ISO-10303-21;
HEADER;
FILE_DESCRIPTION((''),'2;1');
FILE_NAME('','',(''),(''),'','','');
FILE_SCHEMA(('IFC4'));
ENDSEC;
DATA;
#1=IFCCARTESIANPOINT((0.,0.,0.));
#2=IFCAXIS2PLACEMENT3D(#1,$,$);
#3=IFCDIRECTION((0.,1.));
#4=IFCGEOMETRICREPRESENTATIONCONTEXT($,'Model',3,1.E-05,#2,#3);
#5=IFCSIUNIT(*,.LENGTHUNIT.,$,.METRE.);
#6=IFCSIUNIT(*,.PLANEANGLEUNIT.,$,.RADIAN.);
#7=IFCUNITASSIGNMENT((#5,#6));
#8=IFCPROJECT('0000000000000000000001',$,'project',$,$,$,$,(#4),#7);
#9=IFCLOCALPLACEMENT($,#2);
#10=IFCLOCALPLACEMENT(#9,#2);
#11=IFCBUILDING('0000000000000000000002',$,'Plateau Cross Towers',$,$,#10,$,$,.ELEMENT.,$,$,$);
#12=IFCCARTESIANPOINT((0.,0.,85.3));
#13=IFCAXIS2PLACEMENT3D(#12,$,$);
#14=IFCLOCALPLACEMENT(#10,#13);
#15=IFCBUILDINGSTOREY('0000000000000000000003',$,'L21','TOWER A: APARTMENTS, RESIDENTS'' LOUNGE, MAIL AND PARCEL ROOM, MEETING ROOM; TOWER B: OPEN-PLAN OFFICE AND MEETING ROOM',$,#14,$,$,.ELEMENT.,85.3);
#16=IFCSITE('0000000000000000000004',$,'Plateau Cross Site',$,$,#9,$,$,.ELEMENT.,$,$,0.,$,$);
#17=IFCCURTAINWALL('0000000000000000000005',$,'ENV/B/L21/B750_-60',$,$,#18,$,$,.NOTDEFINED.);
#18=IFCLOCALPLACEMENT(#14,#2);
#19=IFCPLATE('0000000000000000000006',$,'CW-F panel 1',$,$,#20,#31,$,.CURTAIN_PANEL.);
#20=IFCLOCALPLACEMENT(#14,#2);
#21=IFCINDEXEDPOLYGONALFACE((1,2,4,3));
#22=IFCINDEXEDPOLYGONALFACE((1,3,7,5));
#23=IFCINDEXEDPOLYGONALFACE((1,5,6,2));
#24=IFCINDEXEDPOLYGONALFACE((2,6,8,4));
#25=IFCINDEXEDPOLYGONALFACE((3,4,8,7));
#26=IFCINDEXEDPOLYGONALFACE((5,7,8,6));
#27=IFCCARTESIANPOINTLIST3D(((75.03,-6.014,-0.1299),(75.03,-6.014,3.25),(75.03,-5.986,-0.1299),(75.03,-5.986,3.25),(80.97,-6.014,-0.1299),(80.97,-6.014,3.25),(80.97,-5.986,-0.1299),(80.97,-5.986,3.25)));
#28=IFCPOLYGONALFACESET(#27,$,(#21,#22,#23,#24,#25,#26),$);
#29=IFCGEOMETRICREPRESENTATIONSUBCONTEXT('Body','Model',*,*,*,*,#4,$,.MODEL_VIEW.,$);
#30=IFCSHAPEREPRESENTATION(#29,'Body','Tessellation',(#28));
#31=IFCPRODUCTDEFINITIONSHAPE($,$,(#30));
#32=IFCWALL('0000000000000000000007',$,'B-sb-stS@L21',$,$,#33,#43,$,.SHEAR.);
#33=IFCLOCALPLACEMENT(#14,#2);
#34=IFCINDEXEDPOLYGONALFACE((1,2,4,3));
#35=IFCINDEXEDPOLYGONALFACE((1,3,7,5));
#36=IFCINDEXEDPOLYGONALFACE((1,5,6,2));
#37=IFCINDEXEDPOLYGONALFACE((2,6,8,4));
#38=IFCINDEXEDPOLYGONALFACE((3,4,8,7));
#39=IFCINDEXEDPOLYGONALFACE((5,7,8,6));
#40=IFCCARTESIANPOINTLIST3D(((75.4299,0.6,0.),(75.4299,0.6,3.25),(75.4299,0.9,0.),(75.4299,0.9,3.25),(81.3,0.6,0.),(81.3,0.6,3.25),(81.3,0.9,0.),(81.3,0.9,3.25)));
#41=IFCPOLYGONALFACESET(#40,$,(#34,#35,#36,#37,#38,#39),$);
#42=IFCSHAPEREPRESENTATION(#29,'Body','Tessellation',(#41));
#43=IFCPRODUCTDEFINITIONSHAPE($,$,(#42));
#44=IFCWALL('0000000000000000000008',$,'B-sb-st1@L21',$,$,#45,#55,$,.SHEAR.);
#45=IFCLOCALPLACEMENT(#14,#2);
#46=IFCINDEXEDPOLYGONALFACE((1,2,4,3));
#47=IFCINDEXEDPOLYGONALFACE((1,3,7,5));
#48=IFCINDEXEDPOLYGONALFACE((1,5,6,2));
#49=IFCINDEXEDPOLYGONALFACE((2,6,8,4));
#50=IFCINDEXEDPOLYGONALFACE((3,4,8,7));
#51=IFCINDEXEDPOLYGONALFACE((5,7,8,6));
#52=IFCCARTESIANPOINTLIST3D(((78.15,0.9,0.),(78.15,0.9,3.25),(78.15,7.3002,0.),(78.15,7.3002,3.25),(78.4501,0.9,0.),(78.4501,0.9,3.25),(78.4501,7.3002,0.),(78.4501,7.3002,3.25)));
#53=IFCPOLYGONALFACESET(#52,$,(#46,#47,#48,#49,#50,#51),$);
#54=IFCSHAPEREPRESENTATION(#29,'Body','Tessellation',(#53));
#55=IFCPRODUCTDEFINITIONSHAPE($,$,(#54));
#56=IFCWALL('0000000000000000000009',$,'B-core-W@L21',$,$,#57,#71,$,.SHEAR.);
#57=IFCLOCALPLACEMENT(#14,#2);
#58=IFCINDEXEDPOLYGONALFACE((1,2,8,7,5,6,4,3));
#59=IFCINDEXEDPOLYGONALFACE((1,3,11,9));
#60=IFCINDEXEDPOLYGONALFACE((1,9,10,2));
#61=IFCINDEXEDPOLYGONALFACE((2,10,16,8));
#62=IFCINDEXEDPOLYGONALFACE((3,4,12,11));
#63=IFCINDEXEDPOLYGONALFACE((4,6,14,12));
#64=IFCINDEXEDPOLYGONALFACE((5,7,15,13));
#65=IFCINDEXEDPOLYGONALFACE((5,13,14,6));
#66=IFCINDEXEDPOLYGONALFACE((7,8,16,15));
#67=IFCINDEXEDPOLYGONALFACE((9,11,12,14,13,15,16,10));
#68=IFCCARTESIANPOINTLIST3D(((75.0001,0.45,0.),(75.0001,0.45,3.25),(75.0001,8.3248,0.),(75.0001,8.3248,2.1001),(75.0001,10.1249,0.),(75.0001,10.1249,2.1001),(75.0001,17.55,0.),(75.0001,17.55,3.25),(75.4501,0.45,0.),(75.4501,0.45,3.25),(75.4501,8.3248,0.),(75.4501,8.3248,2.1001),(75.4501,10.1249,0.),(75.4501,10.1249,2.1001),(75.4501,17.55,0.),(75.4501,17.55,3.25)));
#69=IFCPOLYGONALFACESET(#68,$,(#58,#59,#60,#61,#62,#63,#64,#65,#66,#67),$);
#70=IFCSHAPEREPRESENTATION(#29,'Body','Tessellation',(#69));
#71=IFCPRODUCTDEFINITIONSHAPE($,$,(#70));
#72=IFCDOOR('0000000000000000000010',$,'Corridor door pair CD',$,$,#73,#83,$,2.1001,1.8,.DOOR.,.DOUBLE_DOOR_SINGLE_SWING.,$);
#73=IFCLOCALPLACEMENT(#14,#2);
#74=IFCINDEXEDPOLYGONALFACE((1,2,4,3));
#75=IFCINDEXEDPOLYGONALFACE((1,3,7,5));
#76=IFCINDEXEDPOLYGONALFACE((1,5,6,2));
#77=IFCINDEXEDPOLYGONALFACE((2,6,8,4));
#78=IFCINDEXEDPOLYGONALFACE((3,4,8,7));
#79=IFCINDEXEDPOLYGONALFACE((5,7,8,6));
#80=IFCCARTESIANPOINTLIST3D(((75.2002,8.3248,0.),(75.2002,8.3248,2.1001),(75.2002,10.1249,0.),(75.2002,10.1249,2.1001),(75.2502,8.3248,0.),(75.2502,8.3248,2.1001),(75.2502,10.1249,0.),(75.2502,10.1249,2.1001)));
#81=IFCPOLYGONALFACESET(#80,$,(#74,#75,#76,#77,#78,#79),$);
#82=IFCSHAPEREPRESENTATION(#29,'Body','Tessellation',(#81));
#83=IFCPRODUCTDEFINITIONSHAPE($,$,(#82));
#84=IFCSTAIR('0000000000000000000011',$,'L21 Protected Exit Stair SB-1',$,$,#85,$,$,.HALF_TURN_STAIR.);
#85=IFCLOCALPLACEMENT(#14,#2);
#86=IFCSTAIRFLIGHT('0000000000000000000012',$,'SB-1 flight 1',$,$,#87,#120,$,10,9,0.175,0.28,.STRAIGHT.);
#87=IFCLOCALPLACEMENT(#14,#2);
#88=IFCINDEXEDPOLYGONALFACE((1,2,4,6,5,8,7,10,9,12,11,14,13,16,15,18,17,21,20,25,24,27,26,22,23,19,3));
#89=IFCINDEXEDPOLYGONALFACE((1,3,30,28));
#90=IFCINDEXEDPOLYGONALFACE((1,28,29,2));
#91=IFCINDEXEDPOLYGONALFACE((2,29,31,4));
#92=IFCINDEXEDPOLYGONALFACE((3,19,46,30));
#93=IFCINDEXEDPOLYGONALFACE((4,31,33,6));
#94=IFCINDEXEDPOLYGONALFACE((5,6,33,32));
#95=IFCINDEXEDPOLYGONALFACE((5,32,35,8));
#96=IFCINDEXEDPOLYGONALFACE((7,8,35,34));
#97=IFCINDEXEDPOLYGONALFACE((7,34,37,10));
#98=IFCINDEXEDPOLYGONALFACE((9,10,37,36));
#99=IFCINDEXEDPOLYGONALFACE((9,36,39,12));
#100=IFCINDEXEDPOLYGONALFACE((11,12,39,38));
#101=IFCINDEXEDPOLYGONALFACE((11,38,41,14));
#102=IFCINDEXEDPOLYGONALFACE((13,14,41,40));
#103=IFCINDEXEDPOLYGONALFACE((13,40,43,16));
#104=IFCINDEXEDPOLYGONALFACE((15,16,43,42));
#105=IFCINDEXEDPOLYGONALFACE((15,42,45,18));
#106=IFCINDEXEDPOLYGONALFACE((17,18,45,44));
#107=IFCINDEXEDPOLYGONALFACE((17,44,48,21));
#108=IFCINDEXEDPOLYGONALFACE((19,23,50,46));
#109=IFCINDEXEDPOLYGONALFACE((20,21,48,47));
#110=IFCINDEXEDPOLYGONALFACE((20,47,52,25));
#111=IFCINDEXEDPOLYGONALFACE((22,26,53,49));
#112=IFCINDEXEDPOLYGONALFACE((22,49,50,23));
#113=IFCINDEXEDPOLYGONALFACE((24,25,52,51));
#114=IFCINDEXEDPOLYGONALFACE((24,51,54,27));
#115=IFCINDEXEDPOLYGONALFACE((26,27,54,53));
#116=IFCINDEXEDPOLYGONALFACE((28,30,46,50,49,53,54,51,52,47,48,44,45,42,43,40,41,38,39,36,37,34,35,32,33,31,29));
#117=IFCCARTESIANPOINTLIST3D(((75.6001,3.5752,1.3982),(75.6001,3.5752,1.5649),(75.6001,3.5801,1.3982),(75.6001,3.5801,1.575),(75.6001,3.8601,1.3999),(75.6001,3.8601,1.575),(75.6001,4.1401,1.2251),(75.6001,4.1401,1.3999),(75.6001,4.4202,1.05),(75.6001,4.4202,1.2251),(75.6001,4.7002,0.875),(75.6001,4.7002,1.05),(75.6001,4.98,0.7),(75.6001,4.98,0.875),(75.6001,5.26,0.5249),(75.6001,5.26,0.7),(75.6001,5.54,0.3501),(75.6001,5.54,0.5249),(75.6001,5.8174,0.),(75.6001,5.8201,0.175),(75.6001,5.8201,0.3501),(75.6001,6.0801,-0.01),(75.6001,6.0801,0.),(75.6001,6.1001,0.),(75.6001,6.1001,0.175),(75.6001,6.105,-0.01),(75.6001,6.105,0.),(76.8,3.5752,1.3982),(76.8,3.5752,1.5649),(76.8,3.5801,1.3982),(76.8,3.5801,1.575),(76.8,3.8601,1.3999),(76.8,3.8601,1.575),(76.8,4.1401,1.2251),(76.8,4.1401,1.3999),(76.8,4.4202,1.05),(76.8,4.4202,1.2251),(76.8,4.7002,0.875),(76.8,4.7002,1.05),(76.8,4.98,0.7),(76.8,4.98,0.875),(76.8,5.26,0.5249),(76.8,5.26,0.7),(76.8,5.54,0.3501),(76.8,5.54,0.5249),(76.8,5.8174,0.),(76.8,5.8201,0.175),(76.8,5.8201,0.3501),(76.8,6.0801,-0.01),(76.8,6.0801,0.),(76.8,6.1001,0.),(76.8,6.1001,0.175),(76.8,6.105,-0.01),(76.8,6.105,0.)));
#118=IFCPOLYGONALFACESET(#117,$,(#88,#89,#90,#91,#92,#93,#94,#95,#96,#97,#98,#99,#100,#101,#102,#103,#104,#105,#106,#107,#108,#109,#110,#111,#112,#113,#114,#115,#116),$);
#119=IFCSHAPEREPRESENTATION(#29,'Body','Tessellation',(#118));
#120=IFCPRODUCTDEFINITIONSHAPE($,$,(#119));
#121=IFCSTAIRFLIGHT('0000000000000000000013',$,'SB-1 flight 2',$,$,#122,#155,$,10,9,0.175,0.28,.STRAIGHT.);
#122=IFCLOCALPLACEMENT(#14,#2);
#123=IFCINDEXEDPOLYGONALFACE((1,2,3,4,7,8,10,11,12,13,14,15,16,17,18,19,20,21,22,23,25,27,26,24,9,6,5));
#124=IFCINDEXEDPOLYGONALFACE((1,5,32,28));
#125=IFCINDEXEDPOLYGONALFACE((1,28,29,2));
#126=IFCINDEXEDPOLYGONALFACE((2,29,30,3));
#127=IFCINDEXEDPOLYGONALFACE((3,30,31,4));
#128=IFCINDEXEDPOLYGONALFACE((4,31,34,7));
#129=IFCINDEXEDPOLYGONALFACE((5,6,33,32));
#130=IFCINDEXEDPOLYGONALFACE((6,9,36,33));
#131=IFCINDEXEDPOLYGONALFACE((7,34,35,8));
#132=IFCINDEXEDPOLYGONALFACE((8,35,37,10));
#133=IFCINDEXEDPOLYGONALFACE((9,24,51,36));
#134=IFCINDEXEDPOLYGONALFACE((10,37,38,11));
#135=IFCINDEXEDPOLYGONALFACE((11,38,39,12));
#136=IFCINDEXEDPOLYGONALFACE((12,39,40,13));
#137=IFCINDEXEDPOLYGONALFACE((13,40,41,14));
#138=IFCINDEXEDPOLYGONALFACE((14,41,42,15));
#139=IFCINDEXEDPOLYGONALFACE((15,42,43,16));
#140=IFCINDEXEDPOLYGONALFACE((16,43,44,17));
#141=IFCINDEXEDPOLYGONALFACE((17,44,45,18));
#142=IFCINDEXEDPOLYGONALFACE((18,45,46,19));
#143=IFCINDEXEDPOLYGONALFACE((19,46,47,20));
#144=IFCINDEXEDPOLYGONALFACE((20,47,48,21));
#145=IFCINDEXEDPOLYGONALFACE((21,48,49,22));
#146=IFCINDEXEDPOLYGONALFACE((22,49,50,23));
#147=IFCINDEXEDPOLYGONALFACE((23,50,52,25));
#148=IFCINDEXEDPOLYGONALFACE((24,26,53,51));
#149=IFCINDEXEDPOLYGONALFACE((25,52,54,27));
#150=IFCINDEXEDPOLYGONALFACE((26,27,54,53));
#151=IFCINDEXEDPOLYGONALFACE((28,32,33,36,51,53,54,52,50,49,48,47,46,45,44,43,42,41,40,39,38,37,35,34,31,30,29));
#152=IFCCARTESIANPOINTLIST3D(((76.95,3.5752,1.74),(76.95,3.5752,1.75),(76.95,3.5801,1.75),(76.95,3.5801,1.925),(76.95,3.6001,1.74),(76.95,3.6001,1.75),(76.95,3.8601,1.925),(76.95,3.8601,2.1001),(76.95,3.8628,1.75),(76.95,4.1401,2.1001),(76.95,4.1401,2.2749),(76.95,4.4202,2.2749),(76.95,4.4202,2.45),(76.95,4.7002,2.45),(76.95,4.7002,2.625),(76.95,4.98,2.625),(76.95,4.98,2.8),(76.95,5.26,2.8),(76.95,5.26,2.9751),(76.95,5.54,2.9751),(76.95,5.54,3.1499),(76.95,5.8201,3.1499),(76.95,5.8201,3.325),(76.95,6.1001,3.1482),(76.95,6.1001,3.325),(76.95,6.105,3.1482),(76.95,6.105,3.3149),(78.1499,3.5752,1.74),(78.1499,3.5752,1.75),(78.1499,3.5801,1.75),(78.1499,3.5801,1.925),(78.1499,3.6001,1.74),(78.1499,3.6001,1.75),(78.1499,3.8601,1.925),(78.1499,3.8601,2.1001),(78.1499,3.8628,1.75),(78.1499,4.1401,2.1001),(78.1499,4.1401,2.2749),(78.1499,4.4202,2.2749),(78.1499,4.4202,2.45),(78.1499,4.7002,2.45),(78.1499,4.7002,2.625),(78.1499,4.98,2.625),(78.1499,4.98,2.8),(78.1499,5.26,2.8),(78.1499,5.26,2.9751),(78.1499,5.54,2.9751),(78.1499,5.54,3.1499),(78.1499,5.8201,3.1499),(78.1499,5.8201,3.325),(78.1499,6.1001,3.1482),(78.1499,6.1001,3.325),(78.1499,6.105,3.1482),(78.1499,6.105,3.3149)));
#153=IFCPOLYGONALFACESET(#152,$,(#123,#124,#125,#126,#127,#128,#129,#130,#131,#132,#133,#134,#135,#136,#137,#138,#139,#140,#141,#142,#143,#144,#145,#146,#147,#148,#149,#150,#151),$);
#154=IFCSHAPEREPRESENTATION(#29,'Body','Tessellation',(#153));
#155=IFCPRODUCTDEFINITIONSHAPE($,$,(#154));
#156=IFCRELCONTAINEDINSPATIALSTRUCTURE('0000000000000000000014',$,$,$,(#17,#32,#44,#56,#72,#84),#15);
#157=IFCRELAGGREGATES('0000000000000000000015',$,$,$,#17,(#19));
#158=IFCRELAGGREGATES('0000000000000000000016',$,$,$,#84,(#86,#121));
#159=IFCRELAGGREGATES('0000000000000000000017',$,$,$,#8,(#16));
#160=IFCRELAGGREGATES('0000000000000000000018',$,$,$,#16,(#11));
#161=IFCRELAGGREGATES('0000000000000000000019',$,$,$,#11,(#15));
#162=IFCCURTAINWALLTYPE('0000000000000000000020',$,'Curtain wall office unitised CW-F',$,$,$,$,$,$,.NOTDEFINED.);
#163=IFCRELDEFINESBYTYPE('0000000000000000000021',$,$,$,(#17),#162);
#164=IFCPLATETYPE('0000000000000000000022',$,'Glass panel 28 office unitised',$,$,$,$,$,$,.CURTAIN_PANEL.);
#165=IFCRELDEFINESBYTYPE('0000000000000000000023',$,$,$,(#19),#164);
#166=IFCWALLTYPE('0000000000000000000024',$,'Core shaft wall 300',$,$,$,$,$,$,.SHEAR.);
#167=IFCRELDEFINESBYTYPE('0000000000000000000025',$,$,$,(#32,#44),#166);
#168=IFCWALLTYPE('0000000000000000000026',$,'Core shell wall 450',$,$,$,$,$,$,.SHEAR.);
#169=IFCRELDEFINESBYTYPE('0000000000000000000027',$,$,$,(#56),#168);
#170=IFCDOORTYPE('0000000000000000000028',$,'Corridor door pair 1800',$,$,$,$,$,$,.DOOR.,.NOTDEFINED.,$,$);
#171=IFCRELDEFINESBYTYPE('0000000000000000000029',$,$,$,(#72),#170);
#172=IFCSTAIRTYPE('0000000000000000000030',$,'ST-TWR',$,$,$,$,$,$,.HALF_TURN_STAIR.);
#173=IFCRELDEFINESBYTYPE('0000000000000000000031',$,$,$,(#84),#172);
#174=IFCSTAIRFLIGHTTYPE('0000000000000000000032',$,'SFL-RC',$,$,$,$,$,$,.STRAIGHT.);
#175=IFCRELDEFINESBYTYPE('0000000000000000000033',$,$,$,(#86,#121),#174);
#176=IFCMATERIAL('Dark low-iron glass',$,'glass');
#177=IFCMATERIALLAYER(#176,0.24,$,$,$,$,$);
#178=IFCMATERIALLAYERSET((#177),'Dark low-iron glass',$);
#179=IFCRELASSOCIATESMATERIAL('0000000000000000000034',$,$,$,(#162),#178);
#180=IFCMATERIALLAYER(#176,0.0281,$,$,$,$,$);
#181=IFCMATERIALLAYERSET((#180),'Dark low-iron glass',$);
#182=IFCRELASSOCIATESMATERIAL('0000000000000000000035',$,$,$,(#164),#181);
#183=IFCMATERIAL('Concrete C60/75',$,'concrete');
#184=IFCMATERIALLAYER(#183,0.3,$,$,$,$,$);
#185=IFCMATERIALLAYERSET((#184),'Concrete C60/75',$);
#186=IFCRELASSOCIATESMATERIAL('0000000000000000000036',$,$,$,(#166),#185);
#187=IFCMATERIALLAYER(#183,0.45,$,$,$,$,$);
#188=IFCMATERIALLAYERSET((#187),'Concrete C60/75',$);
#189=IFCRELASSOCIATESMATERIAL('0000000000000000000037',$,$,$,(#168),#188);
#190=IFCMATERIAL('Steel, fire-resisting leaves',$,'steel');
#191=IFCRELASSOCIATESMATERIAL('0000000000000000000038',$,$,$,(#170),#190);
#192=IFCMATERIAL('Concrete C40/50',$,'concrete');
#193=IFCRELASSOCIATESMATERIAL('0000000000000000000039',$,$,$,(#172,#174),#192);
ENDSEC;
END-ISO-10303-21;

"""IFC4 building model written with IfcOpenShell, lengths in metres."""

from ifc_helpers import new_model, si_unit, direction, frame, frame_2d, origin, origin_2d, place, context, subcontext, project, spatial, polyline, rectangle, outline, extrude, material, layer, layer_set, type_object, element, fill, aggregate, save


model = new_model("IFC4")

# Units and contexts
model_context = context("Model", 3, precision=1e-05, world=origin(), true_north=direction((0.0, 1.0)))
body_context = subcontext(model_context, "Body", "Model", "MODEL_VIEW")
ifc_project = project(units=[si_unit("LENGTHUNIT", "METRE"), si_unit("PLANEANGLEUNIT", "RADIAN")], contexts=[model_context])

# Site, building, storey
site_placement = place(None, origin())
site = spatial("IfcSite", under=ifc_project, at=site_placement, Name="Plateau Cross Site", CompositionType="ELEMENT", RefElevation=0.0)
building_placement = place(site_placement, origin())
building = spatial("IfcBuilding", under=site, at=building_placement, Name="Plateau Cross Towers", CompositionType="ELEMENT")
storey_placement = place(building_placement, frame((0.0, 0.0, 85.3)))
storey = spatial("IfcBuildingStorey", under=building, at=storey_placement, Name="L21", Description="TOWER A: APARTMENTS, RESIDENTS' LOUNGE, MAIL AND PARCEL ROOM, MEETING ROOM; TOWER B: OPEN-PLAN OFFICE AND MEETING ROOM", CompositionType="ELEMENT", Elevation=85.3)

# Curtain wall, plate
ifc_material_1 = material(Name="Dark low-iron glass", Category="glass")
ifc_layer_1 = layer(ifc_material_1, 0.24)
ifc_layer_set_1 = layer_set([ifc_layer_1], Name="Dark low-iron glass")
curtain_wall_type = type_object("IfcCurtainWallType", Name="Curtain wall office unitised CW-F", PredefinedType="NOTDEFINED", material=ifc_layer_set_1)
curtain_wall_placement = place(storey_placement, origin())
curtain_wall = element("IfcCurtainWall", 1, at=curtain_wall_placement, inside=storey, type_object=curtain_wall_type, Name="ENV/B/L21/B750_-60", PredefinedType="NOTDEFINED")
ifc_layer_2 = layer(ifc_material_1, 0.0281)
ifc_layer_set_2 = layer_set([ifc_layer_2], Name="Dark low-iron glass")
plate_type = type_object("IfcPlateType", Name="Glass panel 28 office unitised", PredefinedType="CURTAIN_PANEL", material=ifc_layer_set_2)
plate_placement = place(storey_placement, frame((78.0, -6.0, -0.1299), z_axis=(0.0, 0.0, 1.0), x_axis=(1.0, 0.0, 0.0)))
plate = element("IfcPlate", 2, at=plate_placement, type_object=plate_type, Name="CW-F panel 1", PredefinedType="CURTAIN_PANEL", context=body_context, shape_type="SweptSolid", body=[
    extrude(rectangle(XDim=5.9399, YDim=0.0281, at=origin_2d()), origin(), (0.0, 0.0, 1.0), 3.3799),
])
aggregate(curtain_wall, [plate])

# Walls
ifc_material_2 = material(Name="Concrete C60/75", Category="concrete")
ifc_layer_3 = layer(ifc_material_2, 0.3)
ifc_layer_set_3 = layer_set([ifc_layer_3], Name="Concrete C60/75")
wall_type_1 = type_object("IfcWallType", Name="Core shaft wall 300", PredefinedType="SHEAR", material=ifc_layer_set_3)
wall_1_placement = place(storey_placement, frame((75.4299, 0.75, 0.0), z_axis=(0.0, 0.0, 1.0), x_axis=(1.0, 0.0, 0.0)))
element("IfcWall", 3, at=wall_1_placement, inside=storey, type_object=wall_type_1, Name="B-sb-stS@L21", PredefinedType="SHEAR", context=body_context, shape_type="SweptSolid", body=[
    extrude(rectangle(XDim=5.8701, YDim=0.3, at=frame_2d((2.9351, 0.0))), origin(), (0.0, 0.0, 1.0), 3.25),
])
wall_2_placement = place(storey_placement, frame((78.3, 0.8999, 0.0), z_axis=(0.0, 0.0, 1.0), x_axis=(0.0, 1.0, 0.0)))
element("IfcWall", 4, at=wall_2_placement, inside=storey, type_object=wall_type_1, Name="B-sb-st1@L21", PredefinedType="SHEAR", context=body_context, shape_type="SweptSolid", body=[
    extrude(rectangle(XDim=6.4001, YDim=0.3, at=frame_2d((3.2002, 0.0))), origin(), (0.0, 0.0, 1.0), 3.25),
])

# Wall, opening, door
ifc_layer_4 = layer(ifc_material_2, 0.45)
ifc_layer_set_4 = layer_set([ifc_layer_4], Name="Concrete C60/75")
wall_type_2 = type_object("IfcWallType", Name="Core shell wall 450", PredefinedType="SHEAR", material=ifc_layer_set_4)
wall_3_placement = place(storey_placement, frame((75.2251, 0.45, 0.0), z_axis=(0.0, 0.0, 1.0), x_axis=(0.0, 1.0, 0.0)))
wall_3 = element("IfcWall", 5, at=wall_3_placement, inside=storey, type_object=wall_type_2, Name="B-core-W@L21", PredefinedType="SHEAR", context=body_context, shape_type="SweptSolid", body=[
    extrude(rectangle(XDim=17.1001, YDim=0.45, at=frame_2d((8.55, 0.0))), origin(), (0.0, 0.0, 1.0), 3.25),
])
opening_1_placement = place(wall_3_placement, frame((7.875, 0.0, 0.0)))
opening_1 = element("IfcOpeningElement", 6, at=opening_1_placement, cuts=wall_3, PredefinedType="OPENING", context=body_context, shape_type="SweptSolid", body=[
    extrude(rectangle(XDim=1.8, YDim=2.1001, at=frame_2d((0.8999, 1.05))), frame((0.0, 0.2349, 0.0), z_axis=(0.0, -1.0, 0.0), x_axis=(1.0, 0.0, 0.0)), (0.0, 0.0, 1.0), 0.47),
])
ifc_material_3 = material(Name="Steel, fire-resisting leaves", Category="steel")
door_type_1 = type_object("IfcDoorType", Name="Corridor door pair 1800", OperationType="NOTDEFINED", PredefinedType="DOOR", material=ifc_material_3)
door_1_placement = place(opening_1_placement, origin())
door_1 = element("IfcDoor", 7, at=door_1_placement, inside=storey, type_object=door_type_1, Name="Corridor door pair CD", OperationType="DOUBLE_DOOR_SINGLE_SWING", OverallHeight=2.1001, OverallWidth=1.8, PredefinedType="DOOR", context=body_context, shape_type="SweptSolid", body=[
    extrude(rectangle(XDim=1.8, YDim=2.1001, at=frame_2d((0.8999, 1.05))), frame((0.0, 0.0249, 0.0), z_axis=(0.0, -1.0, 0.0), x_axis=(1.0, 0.0, 0.0)), (0.0, 0.0, 1.0), 0.05),
])
fill(opening_1, door_1)

# Stair, stair flights
ifc_material_4 = material(Name="Concrete C40/50", Category="concrete")
stair_type = type_object("IfcStairType", Name="ST-TWR", PredefinedType="HALF_TURN_STAIR", material=ifc_material_4)
stair_1_placement = place(storey_placement, origin())
stair_1 = element("IfcStair", 8, at=stair_1_placement, inside=storey, type_object=stair_type, Name="L21 Protected Exit Stair SB-1", PredefinedType="HALF_TURN_STAIR")
stair_flight_type = type_object("IfcStairFlightType", Name="SFL-RC", PredefinedType="STRAIGHT", material=ifc_material_4)
stair_flight_1_placement = place(storey_placement, frame((76.2, 6.1001, 0.0), z_axis=(0.0, 0.0, 1.0), x_axis=(0.0, -1.0, 0.0)))
stair_flight_1 = element("IfcStairFlight", 9, at=stair_flight_1_placement, type_object=stair_flight_type, Name="SB-1 flight 1", NumberOfRisers=10, NumberOfTreads=9, PredefinedType="STRAIGHT", RiserHeight=0.175, TreadLength=0.28, context=body_context, shape_type="SweptSolid", body=[
    extrude(outline(polyline([(-0.0049, -0.01), (-0.0049, 0.0), (0.0, 0.0), (0.0, 0.175), (0.28, 0.175), (0.28, 0.3501), (0.5601, 0.3501), (0.5601, 0.5249), (0.8401, 0.5249), (0.8401, 0.7), (1.1201, 0.7), (1.1201, 0.875), (1.3999, 0.875), (1.3999, 1.05), (1.6799, 1.05), (1.6799, 1.2251), (1.96, 1.2251), (1.96, 1.3999), (2.24, 1.3999), (2.24, 1.575), (2.52, 1.575), (2.5249, 1.5649), (2.5249, 1.3982), (2.52, 1.3982), (0.2827, 0.0), (0.02, 0.0), (0.02, -0.01), (-0.0049, -0.01)])), frame((0.0, 0.6001, 0.0), z_axis=(0.0, -1.0, 0.0), x_axis=(1.0, 0.0, 0.0)), (0.0, 0.0, 1.0), 1.2),
])
stair_flight_2_placement = place(storey_placement, frame((77.55, 3.5801, 1.75), z_axis=(0.0, 0.0, 1.0), x_axis=(0.0, 1.0, 0.0)))
stair_flight_2 = element("IfcStairFlight", 10, at=stair_flight_2_placement, type_object=stair_flight_type, Name="SB-1 flight 2", NumberOfRisers=10, NumberOfTreads=9, PredefinedType="STRAIGHT", RiserHeight=0.175, TreadLength=0.28, context=body_context, shape_type="SweptSolid", body=[
    extrude(outline(polyline([(-0.0049, -0.01), (-0.0049, 0.0), (0.0, 0.0), (0.0, 0.175), (0.28, 0.175), (0.28, 0.3501), (0.5601, 0.3501), (0.5601, 0.5249), (0.8401, 0.5249), (0.8401, 0.7), (1.1201, 0.7), (1.1201, 0.875), (1.3999, 0.875), (1.3999, 1.05), (1.6799, 1.05), (1.6799, 1.2251), (1.96, 1.2251), (1.96, 1.3999), (2.24, 1.3999), (2.24, 1.575), (2.52, 1.575), (2.5249, 1.5649), (2.5249, 1.3982), (2.52, 1.3982), (0.2827, 0.0), (0.02, 0.0), (0.02, -0.01), (-0.0049, -0.01)])), frame((0.0, 0.6001, 0.0), z_axis=(0.0, -1.0, 0.0), x_axis=(1.0, 0.0, 0.0)), (0.0, 0.0, 1.0), 1.2),
])
aggregate(stair_1, [stair_flight_1, stair_flight_2])

save(model, "model.ifc")
